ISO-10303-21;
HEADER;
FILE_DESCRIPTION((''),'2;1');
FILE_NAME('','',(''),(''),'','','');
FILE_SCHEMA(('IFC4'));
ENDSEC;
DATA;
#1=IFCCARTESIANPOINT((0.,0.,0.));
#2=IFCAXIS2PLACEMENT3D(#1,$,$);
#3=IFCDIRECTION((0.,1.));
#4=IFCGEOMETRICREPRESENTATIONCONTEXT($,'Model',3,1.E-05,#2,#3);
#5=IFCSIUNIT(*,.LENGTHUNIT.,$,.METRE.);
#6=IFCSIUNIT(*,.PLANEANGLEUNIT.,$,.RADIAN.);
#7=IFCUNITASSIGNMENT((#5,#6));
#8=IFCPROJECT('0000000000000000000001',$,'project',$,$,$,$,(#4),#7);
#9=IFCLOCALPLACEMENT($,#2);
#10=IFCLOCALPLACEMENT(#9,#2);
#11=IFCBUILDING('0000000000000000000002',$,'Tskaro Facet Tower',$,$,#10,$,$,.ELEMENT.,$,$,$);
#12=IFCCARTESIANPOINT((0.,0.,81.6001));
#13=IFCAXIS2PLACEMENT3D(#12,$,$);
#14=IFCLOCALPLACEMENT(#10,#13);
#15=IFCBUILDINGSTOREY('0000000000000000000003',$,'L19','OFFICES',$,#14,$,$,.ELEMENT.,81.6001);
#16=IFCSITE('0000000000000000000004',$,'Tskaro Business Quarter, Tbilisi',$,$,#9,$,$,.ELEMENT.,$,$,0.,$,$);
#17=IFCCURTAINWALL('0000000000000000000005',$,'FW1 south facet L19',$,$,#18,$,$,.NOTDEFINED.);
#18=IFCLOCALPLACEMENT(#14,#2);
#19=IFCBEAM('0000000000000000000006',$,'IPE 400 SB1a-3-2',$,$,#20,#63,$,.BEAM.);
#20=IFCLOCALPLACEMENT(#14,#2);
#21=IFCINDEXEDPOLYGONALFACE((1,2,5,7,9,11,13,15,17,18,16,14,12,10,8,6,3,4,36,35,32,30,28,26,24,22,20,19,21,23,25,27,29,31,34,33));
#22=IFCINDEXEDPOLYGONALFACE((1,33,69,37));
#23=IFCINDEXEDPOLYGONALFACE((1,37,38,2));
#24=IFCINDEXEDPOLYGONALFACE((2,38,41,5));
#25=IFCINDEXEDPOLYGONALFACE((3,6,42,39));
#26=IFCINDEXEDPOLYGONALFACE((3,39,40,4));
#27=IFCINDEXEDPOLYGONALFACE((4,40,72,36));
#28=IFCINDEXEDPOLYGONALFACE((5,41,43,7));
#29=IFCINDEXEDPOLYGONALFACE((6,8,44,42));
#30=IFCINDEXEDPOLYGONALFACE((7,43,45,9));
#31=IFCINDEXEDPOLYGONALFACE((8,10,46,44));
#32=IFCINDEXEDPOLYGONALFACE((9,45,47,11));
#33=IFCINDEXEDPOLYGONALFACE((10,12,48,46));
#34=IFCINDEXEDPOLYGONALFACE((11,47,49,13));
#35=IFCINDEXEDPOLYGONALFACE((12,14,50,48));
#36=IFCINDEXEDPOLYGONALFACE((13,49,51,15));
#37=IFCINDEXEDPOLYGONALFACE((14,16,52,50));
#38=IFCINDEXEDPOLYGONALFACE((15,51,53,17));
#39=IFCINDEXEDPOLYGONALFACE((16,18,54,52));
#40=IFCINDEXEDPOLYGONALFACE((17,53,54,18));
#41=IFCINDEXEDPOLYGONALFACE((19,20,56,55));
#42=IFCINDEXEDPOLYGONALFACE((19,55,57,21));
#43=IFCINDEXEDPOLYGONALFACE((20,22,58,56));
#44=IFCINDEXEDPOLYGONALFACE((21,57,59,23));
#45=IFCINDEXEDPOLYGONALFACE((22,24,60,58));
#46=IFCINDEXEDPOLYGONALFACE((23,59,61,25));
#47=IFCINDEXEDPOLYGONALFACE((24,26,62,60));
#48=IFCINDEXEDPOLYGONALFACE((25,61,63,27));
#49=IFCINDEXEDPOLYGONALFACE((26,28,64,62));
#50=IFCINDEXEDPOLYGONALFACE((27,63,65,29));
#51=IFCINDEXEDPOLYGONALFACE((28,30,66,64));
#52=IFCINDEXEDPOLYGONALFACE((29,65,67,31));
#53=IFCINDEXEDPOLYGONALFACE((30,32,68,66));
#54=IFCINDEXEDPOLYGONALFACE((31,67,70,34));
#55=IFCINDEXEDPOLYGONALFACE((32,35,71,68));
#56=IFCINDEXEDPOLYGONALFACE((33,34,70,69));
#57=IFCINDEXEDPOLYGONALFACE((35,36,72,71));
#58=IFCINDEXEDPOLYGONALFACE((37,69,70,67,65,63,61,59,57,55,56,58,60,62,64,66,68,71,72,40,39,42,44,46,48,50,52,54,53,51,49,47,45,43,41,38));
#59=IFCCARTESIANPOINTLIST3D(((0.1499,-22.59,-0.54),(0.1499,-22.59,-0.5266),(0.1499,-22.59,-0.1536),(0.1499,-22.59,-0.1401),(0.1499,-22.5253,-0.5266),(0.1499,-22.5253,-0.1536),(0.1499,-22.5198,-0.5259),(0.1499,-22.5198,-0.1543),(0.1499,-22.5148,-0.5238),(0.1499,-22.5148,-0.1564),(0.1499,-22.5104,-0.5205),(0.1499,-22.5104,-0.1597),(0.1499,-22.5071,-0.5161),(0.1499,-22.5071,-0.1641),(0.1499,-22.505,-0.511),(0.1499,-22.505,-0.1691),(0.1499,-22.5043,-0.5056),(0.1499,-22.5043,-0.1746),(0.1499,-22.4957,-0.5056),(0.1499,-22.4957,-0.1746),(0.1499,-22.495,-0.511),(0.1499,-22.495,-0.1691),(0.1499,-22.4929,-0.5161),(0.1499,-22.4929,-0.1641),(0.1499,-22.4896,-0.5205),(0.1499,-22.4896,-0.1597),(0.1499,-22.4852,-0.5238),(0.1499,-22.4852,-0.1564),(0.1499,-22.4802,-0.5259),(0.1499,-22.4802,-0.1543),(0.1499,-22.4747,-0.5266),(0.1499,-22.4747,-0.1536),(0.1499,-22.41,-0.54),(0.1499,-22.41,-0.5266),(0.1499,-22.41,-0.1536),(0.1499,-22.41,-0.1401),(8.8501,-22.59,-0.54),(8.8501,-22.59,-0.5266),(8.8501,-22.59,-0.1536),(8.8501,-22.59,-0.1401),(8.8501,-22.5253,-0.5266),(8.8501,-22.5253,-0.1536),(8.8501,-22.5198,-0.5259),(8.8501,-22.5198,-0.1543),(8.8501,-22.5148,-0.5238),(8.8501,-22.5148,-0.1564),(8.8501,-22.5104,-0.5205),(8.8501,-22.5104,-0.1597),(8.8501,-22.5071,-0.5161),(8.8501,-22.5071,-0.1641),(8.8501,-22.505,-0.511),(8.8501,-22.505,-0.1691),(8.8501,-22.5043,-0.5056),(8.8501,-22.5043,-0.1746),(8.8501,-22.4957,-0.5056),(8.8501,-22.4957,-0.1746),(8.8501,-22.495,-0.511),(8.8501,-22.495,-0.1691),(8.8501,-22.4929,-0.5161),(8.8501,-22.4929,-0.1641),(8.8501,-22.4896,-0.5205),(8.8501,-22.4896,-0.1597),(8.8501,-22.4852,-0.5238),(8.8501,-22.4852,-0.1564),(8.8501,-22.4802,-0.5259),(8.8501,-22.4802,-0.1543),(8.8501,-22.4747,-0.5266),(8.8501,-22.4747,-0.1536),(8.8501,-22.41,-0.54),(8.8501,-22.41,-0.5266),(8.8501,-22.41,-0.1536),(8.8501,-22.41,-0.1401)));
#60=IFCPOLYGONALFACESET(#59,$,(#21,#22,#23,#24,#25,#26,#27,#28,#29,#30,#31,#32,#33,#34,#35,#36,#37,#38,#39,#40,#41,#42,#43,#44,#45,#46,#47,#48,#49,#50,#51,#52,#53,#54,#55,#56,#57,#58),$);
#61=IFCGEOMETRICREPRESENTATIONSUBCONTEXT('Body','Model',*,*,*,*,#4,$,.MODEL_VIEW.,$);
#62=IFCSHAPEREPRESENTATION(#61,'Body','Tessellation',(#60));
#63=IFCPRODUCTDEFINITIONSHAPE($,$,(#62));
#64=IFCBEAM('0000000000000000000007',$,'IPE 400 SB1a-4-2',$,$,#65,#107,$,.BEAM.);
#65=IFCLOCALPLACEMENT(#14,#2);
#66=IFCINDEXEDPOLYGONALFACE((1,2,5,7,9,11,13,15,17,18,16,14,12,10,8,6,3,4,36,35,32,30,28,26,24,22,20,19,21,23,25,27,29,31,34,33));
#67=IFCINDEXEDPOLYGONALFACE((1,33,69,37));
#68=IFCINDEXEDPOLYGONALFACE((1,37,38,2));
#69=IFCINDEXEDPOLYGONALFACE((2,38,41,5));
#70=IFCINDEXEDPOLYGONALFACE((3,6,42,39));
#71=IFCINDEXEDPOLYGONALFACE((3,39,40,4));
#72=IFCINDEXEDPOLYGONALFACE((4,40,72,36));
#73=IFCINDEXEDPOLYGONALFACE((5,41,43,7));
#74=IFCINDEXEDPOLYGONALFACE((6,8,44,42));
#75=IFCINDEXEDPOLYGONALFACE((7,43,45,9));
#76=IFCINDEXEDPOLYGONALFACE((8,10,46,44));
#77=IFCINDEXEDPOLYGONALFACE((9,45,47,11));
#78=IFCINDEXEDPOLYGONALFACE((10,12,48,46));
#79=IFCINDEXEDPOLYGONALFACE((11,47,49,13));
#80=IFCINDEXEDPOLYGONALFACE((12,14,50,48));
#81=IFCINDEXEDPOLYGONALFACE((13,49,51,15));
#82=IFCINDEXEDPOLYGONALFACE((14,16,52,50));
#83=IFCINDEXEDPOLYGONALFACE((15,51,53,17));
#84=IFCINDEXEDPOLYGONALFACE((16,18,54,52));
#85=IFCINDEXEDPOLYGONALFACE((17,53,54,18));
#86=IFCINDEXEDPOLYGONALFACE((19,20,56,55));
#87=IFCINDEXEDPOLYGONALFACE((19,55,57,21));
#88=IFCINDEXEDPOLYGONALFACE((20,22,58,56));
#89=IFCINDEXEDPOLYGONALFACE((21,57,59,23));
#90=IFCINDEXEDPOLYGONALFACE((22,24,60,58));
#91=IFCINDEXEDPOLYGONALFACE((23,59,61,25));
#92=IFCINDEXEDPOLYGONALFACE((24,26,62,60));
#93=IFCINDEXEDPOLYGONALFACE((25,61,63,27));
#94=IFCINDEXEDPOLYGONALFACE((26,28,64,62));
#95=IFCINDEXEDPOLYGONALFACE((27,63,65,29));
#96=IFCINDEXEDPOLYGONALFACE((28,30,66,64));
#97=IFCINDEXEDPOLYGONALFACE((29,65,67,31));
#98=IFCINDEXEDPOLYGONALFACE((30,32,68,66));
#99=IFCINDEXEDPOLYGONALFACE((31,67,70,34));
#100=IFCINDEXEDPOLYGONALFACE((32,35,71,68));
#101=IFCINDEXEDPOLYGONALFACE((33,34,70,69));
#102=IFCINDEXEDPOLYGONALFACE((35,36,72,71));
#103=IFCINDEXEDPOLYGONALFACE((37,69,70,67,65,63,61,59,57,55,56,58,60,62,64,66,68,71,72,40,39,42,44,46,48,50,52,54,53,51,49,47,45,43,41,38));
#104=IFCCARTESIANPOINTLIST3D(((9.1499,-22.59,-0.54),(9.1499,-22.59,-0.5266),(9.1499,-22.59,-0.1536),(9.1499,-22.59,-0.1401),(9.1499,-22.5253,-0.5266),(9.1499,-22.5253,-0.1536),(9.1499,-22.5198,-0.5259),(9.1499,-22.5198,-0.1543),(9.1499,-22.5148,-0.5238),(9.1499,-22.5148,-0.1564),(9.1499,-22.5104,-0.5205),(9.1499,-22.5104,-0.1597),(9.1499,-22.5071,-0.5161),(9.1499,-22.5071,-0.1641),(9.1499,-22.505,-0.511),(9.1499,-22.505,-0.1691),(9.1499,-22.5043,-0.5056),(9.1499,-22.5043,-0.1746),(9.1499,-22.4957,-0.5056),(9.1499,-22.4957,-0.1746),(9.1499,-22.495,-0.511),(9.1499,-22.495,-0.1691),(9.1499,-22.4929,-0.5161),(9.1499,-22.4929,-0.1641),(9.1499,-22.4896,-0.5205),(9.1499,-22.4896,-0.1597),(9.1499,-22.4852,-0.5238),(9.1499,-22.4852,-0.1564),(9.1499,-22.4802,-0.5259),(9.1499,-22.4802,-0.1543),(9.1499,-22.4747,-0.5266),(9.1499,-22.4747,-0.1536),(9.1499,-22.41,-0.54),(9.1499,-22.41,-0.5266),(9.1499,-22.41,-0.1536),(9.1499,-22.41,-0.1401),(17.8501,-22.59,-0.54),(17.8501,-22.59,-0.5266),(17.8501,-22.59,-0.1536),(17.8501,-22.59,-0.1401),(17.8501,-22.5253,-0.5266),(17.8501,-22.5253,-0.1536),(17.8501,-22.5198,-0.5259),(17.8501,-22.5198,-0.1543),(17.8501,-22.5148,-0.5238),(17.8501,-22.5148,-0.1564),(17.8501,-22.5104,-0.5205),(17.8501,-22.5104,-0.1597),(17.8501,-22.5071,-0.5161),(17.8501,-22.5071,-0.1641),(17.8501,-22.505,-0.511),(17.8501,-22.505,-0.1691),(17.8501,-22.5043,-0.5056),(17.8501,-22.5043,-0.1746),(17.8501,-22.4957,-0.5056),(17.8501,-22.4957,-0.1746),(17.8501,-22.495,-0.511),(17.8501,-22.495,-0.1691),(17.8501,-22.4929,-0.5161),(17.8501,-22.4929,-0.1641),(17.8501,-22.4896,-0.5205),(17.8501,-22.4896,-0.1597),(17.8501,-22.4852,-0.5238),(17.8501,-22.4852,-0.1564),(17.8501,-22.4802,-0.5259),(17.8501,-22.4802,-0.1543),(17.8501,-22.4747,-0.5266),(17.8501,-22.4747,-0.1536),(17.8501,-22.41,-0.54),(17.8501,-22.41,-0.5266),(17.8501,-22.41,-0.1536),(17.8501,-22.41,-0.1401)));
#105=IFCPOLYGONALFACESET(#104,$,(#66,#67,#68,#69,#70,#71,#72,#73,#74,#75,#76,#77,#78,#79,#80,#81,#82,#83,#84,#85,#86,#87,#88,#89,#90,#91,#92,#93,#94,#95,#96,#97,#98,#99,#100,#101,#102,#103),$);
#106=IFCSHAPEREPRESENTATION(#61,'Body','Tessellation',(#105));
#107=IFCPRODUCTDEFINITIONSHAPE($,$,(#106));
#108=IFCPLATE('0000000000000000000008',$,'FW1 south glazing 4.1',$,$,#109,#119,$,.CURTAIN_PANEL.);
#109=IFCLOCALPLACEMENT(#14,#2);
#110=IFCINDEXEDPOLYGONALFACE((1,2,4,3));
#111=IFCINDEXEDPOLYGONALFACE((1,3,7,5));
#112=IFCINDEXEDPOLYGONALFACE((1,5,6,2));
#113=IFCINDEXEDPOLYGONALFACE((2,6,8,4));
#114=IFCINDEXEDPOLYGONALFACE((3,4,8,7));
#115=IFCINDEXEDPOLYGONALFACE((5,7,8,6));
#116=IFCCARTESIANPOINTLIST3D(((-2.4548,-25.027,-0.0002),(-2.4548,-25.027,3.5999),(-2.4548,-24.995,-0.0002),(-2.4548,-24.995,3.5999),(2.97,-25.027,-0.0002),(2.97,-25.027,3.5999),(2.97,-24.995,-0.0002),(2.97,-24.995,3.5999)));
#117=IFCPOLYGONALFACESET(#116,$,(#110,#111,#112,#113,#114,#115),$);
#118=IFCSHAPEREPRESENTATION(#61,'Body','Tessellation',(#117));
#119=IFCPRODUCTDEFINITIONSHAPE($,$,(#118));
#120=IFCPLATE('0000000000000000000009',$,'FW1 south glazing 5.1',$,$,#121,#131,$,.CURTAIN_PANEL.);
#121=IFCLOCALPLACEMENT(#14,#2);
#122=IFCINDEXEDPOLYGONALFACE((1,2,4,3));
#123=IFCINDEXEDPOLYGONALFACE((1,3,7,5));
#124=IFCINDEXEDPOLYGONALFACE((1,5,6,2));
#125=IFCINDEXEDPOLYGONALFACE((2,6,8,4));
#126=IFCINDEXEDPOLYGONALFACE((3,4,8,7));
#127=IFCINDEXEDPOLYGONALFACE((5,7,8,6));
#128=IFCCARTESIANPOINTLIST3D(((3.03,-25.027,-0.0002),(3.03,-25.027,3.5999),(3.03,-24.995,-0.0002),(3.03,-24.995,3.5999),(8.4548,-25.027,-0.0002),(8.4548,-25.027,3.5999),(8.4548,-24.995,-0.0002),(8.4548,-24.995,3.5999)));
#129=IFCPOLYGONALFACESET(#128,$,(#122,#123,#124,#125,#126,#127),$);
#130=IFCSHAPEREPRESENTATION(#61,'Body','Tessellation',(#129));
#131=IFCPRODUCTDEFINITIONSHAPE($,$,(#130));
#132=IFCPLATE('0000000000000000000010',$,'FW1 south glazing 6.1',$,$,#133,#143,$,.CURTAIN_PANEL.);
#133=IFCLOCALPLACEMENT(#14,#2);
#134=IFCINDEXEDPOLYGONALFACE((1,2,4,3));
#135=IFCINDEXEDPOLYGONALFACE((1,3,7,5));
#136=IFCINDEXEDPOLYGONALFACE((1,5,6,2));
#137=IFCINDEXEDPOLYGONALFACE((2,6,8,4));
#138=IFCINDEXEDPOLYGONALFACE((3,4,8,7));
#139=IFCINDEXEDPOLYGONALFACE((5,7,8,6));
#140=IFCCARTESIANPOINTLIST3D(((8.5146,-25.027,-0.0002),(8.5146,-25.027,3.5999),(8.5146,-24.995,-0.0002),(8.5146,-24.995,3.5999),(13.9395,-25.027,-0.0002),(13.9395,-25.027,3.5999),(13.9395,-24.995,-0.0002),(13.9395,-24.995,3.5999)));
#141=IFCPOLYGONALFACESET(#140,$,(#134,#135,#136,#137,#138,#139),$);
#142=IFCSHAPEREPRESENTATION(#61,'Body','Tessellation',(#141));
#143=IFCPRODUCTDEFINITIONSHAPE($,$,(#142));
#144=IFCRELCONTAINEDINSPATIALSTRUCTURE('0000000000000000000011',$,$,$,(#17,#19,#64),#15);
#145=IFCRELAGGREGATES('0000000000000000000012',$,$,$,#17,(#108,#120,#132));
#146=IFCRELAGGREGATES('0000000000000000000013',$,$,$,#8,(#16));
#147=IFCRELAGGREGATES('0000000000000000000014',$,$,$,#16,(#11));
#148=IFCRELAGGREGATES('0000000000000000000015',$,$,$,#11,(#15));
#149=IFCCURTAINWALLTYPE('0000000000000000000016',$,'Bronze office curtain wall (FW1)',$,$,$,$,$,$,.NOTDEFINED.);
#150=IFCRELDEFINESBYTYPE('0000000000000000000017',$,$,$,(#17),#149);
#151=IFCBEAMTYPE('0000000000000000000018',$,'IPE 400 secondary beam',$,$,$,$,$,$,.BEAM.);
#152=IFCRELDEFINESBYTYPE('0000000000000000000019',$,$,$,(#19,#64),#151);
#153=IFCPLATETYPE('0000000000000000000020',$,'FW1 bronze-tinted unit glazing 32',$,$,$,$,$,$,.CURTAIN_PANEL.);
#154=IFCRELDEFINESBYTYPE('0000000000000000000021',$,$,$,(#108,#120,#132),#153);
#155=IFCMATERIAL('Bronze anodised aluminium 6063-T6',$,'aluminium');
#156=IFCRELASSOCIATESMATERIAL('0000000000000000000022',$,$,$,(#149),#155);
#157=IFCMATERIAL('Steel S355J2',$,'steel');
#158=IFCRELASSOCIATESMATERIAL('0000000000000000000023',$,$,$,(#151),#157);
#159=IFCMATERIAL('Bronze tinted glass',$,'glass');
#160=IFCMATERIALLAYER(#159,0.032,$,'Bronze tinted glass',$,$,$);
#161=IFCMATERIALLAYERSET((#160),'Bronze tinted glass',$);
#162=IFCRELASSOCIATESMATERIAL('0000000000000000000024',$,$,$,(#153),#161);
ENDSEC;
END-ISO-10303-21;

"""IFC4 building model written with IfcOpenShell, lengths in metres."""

from ifc_helpers import new_model, si_unit, direction, frame, origin, origin_2d, place, context, subcontext, project, spatial, rectangle, i_section, extrude, material, layer, layer_set, material_profile, profile_set, type_object, element, aggregate, save


model = new_model("IFC4")

# Units and contexts
model_context = context("Model", 3, precision=1e-05, world=origin(), true_north=direction((0.0, 1.0)))
body_context = subcontext(model_context, "Body", "Model", "MODEL_VIEW")
ifc_project = project(units=[si_unit("LENGTHUNIT", "METRE"), si_unit("PLANEANGLEUNIT", "RADIAN")], contexts=[model_context])

# Site, building, storey
site_placement = place(None, origin())
site = spatial("IfcSite", under=ifc_project, at=site_placement, Name="Tskaro Business Quarter, Tbilisi", CompositionType="ELEMENT", RefElevation=0.0)
building_placement = place(site_placement, origin())
building = spatial("IfcBuilding", under=site, at=building_placement, Name="Tskaro Facet Tower", CompositionType="ELEMENT")
storey_placement = place(building_placement, frame((0.0, 0.0, 81.6001)))
storey = spatial("IfcBuildingStorey", under=building, at=storey_placement, Name="L19", Description="OFFICES", CompositionType="ELEMENT", Elevation=81.6001)

# Curtain wall
ifc_material_1 = material(Name="Bronze anodised aluminium 6063-T6", Category="aluminium")
curtain_wall_type = type_object("IfcCurtainWallType", Name="Bronze office curtain wall (FW1)", PredefinedType="NOTDEFINED", material=ifc_material_1)
curtain_wall_placement = place(storey_placement, origin())
curtain_wall = element("IfcCurtainWall", 1, at=curtain_wall_placement, inside=storey, type_object=curtain_wall_type, Name="FW1 south facet L19", PredefinedType="NOTDEFINED")

# Beams
ifc_material_2 = material(Name="Steel S355J2", Category="steel")
ifc_material_profile_1 = material_profile(ifc_material_2, i_section(OverallWidth=0.1799, OverallDepth=0.3999, WebThickness=0.0085, FlangeThickness=0.0134, FilletRadius=0.021, at=origin_2d()), Name="IPE 400")
ifc_profile_set_1 = profile_set([ifc_material_profile_1], Name="Steel S355J2")
beam_type_1 = type_object("IfcBeamType", Name="IPE 400 secondary beam", PredefinedType="BEAM", material=ifc_profile_set_1)
for number, where, z_axis, x_axis, name in (
    (2, (0.1499, -22.5, -0.3401), (1.0, 0.0, 0.0), (0.0, 1.0, 0.0), "IPE 400 SB1a-3-2"),
    (3, (9.1499, -22.5, -0.3401), (1.0, 0.0, 0.0), (0.0, 1.0, 0.0), "IPE 400 SB1a-4-2"),
):
    element("IfcBeam", number, at=place(storey_placement, frame(where, z_axis=z_axis, x_axis=x_axis)), inside=storey, type_object=beam_type_1, Name=name, PredefinedType="BEAM", context=body_context, shape_type="SweptSolid", body=[
        extrude(i_section(OverallWidth=0.1799, OverallDepth=0.3999, WebThickness=0.0085, FlangeThickness=0.0134, FilletRadius=0.021, at=origin_2d()), origin(), (0.0, 0.0, 1.0), 8.7002),
    ])

# Plates
ifc_material_3 = material(Name="Bronze tinted glass", Category="glass")
ifc_layer_1 = layer(ifc_material_3, 0.032, Name="Bronze tinted glass")
ifc_layer_set_1 = layer_set([ifc_layer_1], Name="Bronze tinted glass")
plate_type = type_object("IfcPlateType", Name="FW1 bronze-tinted unit glazing 32", PredefinedType="CURTAIN_PANEL", material=ifc_layer_set_1)
plate_1_placement = place(storey_placement, frame((0.2576, -25.011, -0.0002), z_axis=(0.0, 0.0, 1.0), x_axis=(1.0, 0.0, 0.0)))
plate_1 = element("IfcPlate", 4, at=plate_1_placement, type_object=plate_type, Name="FW1 south glazing 4.1", PredefinedType="CURTAIN_PANEL", context=body_context, shape_type="SweptSolid", body=[
    extrude(rectangle(XDim=5.4248, YDim=0.032, at=origin_2d()), origin(), (0.0, 0.0, 1.0), 3.6001),
])
plate_2_placement = place(storey_placement, frame((5.7424, -25.011, -0.0002), z_axis=(0.0, 0.0, 1.0), x_axis=(1.0, 0.0, 0.0)))
plate_2 = element("IfcPlate", 5, at=plate_2_placement, type_object=plate_type, Name="FW1 south glazing 5.1", PredefinedType="CURTAIN_PANEL", context=body_context, shape_type="SweptSolid", body=[
    extrude(rectangle(XDim=5.4248, YDim=0.032, at=origin_2d()), origin(), (0.0, 0.0, 1.0), 3.6001),
])
plate_3_placement = place(storey_placement, frame((11.2271, -25.011, -0.0002), z_axis=(0.0, 0.0, 1.0), x_axis=(1.0, 0.0, 0.0)))
plate_3 = element("IfcPlate", 6, at=plate_3_placement, type_object=plate_type, Name="FW1 south glazing 6.1", PredefinedType="CURTAIN_PANEL", context=body_context, shape_type="SweptSolid", body=[
    extrude(rectangle(XDim=5.4248, YDim=0.032, at=origin_2d()), origin(), (0.0, 0.0, 1.0), 3.6001),
])
aggregate(curtain_wall, [plate_1, plate_2, plate_3])

save(model, "model.ifc")
